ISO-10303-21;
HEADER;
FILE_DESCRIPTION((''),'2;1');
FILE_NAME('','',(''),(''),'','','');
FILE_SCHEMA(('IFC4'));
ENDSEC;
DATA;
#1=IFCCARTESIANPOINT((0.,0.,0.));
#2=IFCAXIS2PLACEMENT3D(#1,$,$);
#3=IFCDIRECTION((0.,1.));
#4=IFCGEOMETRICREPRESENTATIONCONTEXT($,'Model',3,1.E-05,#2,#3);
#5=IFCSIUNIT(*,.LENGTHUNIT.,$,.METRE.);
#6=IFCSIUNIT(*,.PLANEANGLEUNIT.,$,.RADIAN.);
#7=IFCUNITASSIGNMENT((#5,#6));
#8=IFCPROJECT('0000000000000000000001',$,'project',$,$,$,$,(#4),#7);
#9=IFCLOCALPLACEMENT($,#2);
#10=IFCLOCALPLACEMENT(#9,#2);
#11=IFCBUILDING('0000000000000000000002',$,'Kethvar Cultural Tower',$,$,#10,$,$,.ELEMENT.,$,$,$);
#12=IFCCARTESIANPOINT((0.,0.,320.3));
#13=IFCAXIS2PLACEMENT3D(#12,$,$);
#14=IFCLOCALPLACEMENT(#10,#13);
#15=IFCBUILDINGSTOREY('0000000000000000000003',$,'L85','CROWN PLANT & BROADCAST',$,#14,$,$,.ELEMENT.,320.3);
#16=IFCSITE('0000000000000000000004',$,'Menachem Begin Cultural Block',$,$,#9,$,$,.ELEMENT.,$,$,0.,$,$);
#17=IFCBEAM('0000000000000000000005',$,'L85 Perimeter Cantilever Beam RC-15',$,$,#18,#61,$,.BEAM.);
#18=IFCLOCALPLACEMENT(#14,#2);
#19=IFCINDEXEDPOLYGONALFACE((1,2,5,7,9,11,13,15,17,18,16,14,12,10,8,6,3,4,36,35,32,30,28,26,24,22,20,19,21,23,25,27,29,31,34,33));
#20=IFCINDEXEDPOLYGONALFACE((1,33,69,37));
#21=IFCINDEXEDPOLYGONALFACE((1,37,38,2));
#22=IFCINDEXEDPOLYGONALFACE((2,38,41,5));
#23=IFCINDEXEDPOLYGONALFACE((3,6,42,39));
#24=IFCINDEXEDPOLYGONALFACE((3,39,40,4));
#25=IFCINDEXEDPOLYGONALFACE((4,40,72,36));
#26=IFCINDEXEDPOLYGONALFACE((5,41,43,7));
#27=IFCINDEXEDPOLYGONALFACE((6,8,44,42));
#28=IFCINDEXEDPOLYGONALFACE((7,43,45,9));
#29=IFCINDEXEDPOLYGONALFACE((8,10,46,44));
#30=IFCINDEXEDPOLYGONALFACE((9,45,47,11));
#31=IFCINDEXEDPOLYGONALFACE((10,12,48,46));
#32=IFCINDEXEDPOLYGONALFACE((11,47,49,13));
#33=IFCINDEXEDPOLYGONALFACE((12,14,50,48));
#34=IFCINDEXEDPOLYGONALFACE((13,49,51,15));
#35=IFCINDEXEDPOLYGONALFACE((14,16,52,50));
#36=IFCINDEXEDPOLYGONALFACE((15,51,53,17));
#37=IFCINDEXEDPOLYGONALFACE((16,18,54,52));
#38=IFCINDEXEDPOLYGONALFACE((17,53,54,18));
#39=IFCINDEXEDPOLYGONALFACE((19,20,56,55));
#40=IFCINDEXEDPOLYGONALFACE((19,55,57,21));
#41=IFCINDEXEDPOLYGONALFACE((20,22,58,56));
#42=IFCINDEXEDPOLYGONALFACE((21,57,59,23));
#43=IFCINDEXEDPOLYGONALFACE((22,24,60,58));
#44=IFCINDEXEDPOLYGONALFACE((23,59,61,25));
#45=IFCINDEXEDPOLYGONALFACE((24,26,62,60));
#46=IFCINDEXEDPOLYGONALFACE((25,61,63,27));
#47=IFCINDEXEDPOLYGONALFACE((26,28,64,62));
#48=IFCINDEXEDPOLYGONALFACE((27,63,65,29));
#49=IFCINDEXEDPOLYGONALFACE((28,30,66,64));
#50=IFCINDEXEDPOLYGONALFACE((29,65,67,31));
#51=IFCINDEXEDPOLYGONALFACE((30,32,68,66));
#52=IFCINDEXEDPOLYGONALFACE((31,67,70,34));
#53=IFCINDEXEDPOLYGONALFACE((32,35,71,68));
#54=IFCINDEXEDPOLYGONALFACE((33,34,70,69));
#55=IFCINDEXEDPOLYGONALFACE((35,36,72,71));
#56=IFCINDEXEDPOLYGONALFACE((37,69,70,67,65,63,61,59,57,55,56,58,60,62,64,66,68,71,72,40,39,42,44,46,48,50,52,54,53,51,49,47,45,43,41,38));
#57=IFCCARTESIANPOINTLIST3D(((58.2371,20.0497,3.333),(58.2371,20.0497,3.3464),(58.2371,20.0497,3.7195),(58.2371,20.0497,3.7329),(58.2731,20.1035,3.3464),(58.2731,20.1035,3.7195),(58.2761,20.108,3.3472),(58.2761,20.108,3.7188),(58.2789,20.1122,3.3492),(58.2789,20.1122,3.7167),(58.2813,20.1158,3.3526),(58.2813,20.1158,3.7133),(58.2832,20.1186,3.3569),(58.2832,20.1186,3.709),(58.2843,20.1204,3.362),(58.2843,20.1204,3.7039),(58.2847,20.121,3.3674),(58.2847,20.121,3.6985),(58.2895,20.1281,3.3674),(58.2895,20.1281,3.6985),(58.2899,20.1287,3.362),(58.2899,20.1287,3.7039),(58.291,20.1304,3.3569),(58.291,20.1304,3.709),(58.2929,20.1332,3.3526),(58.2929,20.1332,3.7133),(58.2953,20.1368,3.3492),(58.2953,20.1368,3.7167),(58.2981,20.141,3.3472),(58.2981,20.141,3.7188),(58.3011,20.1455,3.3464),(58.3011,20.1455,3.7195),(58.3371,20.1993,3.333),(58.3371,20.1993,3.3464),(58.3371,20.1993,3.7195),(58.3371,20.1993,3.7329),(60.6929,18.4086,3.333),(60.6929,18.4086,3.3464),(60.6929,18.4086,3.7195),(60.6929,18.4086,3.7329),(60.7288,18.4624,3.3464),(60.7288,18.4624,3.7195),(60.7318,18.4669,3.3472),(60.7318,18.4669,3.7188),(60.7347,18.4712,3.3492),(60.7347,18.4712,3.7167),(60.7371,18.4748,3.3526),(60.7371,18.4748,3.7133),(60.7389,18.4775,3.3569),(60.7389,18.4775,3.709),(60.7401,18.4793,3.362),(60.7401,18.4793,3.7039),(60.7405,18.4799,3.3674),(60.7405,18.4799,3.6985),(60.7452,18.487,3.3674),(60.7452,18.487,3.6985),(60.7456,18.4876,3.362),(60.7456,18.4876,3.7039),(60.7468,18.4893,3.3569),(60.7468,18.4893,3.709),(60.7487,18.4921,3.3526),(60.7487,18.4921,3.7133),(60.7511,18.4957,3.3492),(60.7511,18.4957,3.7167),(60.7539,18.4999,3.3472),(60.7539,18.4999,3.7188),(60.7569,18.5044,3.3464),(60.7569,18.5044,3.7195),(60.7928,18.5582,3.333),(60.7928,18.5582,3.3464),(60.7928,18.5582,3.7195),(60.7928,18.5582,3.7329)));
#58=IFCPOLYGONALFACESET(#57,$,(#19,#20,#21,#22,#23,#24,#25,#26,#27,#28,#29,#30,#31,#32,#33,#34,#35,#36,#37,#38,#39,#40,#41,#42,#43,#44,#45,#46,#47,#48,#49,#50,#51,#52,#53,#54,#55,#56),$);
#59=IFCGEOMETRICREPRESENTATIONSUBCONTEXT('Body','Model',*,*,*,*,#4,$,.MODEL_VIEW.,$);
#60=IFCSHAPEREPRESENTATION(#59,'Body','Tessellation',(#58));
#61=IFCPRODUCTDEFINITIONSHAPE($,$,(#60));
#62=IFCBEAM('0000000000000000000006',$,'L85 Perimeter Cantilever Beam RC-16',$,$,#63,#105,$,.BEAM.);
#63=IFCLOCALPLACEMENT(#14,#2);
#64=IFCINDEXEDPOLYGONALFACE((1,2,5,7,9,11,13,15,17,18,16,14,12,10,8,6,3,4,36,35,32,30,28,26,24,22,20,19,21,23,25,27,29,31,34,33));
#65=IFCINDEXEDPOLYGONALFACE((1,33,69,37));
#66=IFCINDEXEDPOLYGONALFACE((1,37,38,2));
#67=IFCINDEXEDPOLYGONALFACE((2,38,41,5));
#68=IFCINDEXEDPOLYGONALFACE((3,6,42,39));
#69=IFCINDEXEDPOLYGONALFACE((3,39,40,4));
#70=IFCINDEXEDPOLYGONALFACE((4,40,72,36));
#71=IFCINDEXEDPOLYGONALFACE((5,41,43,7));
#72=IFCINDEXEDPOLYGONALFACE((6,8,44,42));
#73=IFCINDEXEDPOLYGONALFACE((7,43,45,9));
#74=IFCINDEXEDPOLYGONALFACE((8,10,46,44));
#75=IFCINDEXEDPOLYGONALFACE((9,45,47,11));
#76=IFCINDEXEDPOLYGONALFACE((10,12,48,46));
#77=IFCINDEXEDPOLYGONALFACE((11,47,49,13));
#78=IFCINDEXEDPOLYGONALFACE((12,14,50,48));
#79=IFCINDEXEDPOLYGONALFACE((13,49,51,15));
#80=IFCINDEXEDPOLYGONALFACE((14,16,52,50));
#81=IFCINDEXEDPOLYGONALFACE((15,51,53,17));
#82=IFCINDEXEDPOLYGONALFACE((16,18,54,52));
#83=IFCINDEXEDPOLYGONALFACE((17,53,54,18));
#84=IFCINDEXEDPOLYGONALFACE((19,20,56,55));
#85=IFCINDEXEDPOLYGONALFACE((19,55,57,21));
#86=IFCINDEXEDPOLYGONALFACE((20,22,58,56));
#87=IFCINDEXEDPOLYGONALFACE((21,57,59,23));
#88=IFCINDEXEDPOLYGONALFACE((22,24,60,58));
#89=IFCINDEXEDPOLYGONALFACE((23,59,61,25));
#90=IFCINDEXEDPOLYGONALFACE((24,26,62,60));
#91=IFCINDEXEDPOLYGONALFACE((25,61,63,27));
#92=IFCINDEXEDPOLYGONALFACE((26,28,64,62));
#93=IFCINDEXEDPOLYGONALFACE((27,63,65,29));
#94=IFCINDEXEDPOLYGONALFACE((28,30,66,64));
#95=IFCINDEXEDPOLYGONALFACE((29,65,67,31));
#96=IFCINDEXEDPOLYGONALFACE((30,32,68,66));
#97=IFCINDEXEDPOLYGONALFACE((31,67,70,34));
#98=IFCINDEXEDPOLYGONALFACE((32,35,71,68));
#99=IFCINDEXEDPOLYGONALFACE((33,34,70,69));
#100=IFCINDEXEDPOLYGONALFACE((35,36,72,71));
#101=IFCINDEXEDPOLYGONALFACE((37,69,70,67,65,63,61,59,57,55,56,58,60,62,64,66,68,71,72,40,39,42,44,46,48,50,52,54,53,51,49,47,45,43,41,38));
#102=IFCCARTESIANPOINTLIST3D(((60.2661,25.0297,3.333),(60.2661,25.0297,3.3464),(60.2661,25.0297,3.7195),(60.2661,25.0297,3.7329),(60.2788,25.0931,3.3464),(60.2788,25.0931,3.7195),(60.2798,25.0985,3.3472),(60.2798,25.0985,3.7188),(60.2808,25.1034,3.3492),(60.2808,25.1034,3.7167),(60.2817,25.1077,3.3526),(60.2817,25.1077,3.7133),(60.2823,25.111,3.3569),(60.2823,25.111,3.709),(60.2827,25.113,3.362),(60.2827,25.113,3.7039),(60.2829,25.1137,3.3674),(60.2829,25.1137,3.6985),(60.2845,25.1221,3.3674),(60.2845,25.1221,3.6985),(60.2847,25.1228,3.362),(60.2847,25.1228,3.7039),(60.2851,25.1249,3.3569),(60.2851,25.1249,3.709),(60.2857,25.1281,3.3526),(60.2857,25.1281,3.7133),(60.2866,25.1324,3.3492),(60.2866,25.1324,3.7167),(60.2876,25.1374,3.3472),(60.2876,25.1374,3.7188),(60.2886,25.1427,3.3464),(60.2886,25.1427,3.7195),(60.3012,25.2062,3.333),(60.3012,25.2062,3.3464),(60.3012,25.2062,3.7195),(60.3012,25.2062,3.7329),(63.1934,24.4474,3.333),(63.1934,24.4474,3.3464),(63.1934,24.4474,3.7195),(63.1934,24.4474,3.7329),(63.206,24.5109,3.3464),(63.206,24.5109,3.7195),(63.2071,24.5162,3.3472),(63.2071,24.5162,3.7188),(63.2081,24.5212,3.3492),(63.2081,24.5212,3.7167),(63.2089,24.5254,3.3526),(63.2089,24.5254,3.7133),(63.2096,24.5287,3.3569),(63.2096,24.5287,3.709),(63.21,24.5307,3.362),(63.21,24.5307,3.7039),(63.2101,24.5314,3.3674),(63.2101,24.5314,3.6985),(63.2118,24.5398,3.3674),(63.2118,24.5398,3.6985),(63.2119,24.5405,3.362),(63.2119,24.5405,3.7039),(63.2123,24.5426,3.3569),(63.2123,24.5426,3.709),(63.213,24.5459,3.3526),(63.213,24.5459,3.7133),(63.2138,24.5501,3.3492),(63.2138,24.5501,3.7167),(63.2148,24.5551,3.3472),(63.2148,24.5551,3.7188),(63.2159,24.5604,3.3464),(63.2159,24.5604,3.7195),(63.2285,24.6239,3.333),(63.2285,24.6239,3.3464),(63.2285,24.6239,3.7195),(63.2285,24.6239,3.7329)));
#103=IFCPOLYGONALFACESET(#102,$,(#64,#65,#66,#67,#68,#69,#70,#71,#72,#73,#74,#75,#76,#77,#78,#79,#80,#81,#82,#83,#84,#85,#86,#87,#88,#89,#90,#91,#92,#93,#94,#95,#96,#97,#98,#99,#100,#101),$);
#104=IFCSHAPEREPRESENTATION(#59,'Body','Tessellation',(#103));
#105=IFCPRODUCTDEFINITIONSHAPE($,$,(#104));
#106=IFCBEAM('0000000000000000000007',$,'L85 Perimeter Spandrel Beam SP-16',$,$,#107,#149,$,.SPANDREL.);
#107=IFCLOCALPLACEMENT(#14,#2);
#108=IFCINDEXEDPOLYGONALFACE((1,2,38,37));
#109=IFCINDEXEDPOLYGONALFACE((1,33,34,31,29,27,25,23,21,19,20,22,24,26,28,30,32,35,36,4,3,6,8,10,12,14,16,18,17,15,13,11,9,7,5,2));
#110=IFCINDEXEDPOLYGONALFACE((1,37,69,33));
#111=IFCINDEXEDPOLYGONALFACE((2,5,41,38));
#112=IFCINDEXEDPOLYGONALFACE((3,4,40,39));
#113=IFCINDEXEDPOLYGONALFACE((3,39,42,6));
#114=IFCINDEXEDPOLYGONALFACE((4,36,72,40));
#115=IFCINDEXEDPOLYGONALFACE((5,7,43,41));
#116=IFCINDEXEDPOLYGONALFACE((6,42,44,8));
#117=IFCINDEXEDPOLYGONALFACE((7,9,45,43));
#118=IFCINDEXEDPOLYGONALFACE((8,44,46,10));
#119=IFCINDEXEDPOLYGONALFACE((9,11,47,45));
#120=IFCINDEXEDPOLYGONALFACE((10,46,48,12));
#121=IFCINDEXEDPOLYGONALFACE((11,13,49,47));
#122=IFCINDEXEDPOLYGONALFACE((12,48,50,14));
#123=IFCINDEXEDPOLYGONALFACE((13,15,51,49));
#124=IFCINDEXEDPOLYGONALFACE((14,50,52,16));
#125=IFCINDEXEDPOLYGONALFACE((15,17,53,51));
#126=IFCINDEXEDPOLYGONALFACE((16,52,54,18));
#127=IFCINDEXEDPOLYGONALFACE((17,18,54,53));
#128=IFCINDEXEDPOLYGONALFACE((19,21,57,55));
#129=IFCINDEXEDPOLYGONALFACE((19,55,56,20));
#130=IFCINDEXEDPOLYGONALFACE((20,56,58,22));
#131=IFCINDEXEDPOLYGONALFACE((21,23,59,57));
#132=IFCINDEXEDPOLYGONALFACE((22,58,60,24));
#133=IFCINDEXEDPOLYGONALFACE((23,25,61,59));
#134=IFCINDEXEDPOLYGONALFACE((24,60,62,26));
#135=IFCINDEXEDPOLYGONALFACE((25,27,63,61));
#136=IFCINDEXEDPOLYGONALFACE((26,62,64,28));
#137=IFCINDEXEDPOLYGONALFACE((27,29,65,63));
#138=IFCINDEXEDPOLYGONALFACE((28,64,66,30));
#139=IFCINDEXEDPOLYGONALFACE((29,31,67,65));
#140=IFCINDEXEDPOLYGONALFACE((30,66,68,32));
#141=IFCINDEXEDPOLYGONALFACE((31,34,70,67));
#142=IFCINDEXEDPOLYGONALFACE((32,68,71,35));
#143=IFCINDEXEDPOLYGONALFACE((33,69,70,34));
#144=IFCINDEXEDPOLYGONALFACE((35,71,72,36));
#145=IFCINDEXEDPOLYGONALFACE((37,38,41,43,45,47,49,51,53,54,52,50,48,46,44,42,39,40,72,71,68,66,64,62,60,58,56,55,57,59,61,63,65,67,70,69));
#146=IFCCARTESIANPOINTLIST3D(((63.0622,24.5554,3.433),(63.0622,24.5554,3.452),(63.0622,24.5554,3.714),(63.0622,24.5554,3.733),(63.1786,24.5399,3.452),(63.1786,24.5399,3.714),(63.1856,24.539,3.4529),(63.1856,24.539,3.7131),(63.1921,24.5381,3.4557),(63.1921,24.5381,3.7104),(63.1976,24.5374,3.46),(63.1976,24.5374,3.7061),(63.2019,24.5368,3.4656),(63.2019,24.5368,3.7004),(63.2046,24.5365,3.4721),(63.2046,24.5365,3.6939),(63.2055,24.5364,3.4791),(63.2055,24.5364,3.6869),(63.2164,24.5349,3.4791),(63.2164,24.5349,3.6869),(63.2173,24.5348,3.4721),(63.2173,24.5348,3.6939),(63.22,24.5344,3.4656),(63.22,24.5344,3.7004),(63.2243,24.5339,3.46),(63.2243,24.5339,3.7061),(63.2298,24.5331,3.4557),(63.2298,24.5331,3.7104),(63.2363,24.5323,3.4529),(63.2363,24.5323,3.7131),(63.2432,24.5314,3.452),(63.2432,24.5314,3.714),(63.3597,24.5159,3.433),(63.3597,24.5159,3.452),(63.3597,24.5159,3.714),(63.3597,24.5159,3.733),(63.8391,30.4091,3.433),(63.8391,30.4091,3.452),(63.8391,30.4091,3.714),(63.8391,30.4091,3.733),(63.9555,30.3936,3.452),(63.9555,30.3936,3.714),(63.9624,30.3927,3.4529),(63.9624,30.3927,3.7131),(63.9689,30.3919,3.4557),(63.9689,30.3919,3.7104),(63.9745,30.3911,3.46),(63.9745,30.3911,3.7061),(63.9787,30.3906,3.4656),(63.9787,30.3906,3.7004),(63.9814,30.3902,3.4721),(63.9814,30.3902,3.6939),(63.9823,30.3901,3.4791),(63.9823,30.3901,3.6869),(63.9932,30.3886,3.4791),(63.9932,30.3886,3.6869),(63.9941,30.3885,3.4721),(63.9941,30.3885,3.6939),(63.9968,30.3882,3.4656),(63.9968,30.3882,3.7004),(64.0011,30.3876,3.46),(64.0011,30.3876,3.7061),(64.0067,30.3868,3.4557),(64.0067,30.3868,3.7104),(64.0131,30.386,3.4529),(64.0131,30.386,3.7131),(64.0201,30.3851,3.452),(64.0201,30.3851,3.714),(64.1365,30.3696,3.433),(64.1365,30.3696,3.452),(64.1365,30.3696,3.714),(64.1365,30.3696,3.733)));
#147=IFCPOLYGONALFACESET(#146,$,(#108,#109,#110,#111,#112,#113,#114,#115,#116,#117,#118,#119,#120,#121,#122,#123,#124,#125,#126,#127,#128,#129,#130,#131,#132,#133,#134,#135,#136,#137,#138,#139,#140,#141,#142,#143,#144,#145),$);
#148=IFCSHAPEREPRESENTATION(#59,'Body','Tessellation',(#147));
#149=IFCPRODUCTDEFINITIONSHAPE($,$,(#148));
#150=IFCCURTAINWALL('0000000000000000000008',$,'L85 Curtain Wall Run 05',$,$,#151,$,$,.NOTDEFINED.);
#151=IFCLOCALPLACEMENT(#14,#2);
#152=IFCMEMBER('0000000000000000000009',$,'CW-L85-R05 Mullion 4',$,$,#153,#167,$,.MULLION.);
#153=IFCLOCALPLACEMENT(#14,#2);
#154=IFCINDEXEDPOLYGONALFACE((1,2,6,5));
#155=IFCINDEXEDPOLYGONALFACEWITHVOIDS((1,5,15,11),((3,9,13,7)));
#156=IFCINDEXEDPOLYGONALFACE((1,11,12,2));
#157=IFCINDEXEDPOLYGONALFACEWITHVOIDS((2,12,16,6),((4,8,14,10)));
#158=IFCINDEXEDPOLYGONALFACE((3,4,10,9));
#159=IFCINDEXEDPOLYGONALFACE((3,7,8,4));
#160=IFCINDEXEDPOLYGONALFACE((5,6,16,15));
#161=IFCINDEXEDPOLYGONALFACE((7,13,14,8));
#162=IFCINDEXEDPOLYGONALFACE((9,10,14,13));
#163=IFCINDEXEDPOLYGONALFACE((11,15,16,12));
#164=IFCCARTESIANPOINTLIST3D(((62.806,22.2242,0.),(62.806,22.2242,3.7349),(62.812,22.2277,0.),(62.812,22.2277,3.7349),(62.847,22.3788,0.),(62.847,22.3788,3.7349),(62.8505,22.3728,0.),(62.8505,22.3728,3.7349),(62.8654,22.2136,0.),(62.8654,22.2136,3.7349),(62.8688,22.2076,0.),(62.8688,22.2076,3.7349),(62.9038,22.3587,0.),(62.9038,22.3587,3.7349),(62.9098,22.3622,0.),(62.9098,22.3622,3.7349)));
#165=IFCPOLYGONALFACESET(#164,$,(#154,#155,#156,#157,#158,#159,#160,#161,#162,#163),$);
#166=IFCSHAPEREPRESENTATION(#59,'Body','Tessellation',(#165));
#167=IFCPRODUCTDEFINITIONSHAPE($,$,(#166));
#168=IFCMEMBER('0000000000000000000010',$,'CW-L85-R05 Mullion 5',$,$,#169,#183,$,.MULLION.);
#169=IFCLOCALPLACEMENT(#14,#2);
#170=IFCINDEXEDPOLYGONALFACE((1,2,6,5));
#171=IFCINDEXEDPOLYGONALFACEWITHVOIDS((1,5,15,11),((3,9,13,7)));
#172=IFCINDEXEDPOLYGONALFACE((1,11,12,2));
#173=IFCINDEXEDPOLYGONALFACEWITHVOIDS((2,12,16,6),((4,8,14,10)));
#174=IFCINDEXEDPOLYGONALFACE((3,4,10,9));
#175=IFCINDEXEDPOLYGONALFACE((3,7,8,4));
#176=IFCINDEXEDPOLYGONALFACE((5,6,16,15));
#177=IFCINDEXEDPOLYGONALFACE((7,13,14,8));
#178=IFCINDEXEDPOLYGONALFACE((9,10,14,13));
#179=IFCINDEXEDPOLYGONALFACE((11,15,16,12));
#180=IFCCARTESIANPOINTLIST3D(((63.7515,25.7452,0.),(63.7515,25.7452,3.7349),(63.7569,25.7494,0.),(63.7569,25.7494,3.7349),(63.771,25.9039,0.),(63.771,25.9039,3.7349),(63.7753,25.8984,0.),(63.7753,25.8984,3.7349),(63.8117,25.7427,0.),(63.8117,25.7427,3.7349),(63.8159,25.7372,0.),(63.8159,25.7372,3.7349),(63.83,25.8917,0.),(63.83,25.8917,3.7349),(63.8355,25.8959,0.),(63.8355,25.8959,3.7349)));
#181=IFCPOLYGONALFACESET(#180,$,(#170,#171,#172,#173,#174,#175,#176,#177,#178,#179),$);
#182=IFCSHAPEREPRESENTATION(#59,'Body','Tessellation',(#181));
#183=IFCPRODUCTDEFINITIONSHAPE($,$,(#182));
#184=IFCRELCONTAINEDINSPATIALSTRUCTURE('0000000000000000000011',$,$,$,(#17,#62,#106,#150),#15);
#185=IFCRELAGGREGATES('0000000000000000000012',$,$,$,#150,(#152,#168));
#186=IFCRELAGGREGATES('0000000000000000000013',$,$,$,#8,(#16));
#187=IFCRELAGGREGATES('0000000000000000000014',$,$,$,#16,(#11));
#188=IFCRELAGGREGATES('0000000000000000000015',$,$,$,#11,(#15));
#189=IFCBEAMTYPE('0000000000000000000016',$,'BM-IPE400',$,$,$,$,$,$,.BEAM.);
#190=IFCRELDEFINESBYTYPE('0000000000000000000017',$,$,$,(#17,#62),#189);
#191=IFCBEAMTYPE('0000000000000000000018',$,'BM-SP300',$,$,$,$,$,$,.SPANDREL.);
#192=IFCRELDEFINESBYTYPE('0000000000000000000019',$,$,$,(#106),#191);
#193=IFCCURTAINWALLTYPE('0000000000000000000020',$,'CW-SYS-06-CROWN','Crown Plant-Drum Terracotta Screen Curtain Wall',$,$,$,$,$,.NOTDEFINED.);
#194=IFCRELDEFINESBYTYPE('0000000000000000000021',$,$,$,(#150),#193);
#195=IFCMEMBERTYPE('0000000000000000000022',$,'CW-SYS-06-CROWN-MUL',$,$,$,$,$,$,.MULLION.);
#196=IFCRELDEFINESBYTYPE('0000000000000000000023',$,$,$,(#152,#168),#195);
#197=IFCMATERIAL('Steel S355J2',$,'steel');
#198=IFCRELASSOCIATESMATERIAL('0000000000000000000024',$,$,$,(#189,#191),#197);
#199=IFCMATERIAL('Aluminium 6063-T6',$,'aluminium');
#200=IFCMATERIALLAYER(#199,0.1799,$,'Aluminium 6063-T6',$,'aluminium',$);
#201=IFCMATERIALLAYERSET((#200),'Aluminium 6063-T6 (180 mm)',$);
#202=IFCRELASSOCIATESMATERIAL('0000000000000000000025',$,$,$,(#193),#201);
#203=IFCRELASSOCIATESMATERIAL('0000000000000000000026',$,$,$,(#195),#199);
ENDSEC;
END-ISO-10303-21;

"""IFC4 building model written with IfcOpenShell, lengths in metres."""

from ifc_helpers import new_model, si_unit, direction, frame, origin, origin_2d, place, context, subcontext, project, spatial, hollow_rectangle, i_section, extrude, source, transform, mapped, material, layer, layer_set, material_profile, profile_set, type_object, element, aggregate, save


model = new_model("IFC4")

# Units and contexts
model_context = context("Model", 3, precision=1e-05, world=origin(), true_north=direction((0.0, 1.0)))
body_context = subcontext(model_context, "Body", "Model", "MODEL_VIEW")
ifc_project = project(units=[si_unit("LENGTHUNIT", "METRE"), si_unit("PLANEANGLEUNIT", "RADIAN")], contexts=[model_context])

# Site, building, storey
site_placement = place(None, origin())
site = spatial("IfcSite", under=ifc_project, at=site_placement, Name="Menachem Begin Cultural Block", CompositionType="ELEMENT", RefElevation=0.0)
building_placement = place(site_placement, origin())
building = spatial("IfcBuilding", under=site, at=building_placement, Name="Kethvar Cultural Tower", CompositionType="ELEMENT")
storey_placement = place(building_placement, frame((0.0, 0.0, 320.3)))
storey = spatial("IfcBuildingStorey", under=building, at=storey_placement, Name="L85", Description="CROWN PLANT & BROADCAST", CompositionType="ELEMENT", Elevation=320.3)

# Shared definitions
ifc_material_1 = material(Name="Steel S355J2", Category="steel")

# Beams
ifc_material_profile_1 = material_profile(ifc_material_1, i_section(OverallWidth=0.1799, OverallDepth=0.3999, WebThickness=0.0085, FlangeThickness=0.0134, FilletRadius=0.021, at=origin_2d()), Name="Steel S355J2 — IPE400")
ifc_profile_set_1 = profile_set([ifc_material_profile_1], Name="Steel S355J2 — IPE400")
beam_type_1 = type_object("IfcBeamType", Name="BM-IPE400", PredefinedType="BEAM", material=ifc_profile_set_1)
shared_shape_1 = source(origin(), body_context, "Body", "SweptSolid", [
    extrude(i_section(OverallWidth=0.1799, OverallDepth=0.3999, WebThickness=0.0085, FlangeThickness=0.0134, FilletRadius=0.021, at=origin_2d()), origin(), (0.0, 0.0, 1.0), 2.9536),
])
beam_1_placement = place(storey_placement, frame((58.2871, 20.1245, 3.533), z_axis=(0.831439, -0.555615, 0.0), x_axis=(0.555615, 0.831439, 0.0)))
element("IfcBeam", 1, at=beam_1_placement, inside=storey, type_object=beam_type_1, Name="L85 Perimeter Cantilever Beam RC-15", PredefinedType="BEAM", context=body_context, shape_type="MappedRepresentation", body=[
    mapped(shared_shape_1, transform((0.0, 0.0, 0.0), scale=1.0)),
])
shared_shape_2 = source(origin(), body_context, "Body", "SweptSolid", [
    extrude(i_section(OverallWidth=0.1799, OverallDepth=0.3999, WebThickness=0.0085, FlangeThickness=0.0134, FilletRadius=0.021, at=origin_2d()), origin(), (0.0, 0.0, 1.0), 2.9846),
])
beam_2_placement = place(storey_placement, frame((60.2837, 25.1179, 3.533), z_axis=(0.980785, -0.195094, 0.0), x_axis=(0.195094, 0.980785, 0.0)))
element("IfcBeam", 2, at=beam_2_placement, inside=storey, type_object=beam_type_1, Name="L85 Perimeter Cantilever Beam RC-16", PredefinedType="BEAM", context=body_context, shape_type="MappedRepresentation", body=[
    mapped(shared_shape_2, transform((0.0, 0.0, 0.0), scale=1.0)),
])
ifc_material_profile_2 = material_profile(ifc_material_1, i_section(OverallWidth=0.3, OverallDepth=0.3, WebThickness=0.011, FlangeThickness=0.019, FilletRadius=0.0271, at=origin_2d()), Name="Steel S355J2 — HEB300")
ifc_profile_set_2 = profile_set([ifc_material_profile_2], Name="Steel S355J2 — HEB300")
beam_type_2 = type_object("IfcBeamType", Name="BM-SP300", PredefinedType="SPANDREL", material=ifc_profile_set_2)
shared_shape_3 = source(origin(), body_context, "Body", "SweptSolid", [
    extrude(i_section(OverallWidth=0.3, OverallDepth=0.3, WebThickness=0.011, FlangeThickness=0.019, FilletRadius=0.0271, at=origin_2d()), origin(), (0.0, 0.0, 1.0), 5.905),
])
beam_3_placement = place(storey_placement, frame((63.2109, 24.5356, 3.583), z_axis=(0.131557, 0.991309, 0.0), x_axis=(-0.991309, 0.131557, 0.0)))
element("IfcBeam", 3, at=beam_3_placement, inside=storey, type_object=beam_type_2, Name="L85 Perimeter Spandrel Beam SP-16", PredefinedType="SPANDREL", context=body_context, shape_type="MappedRepresentation", body=[
    mapped(shared_shape_3, transform((0.0, 0.0, 0.0), scale=1.0)),
])

# Curtain wall, members
ifc_material_2 = material(Name="Aluminium 6063-T6", Category="aluminium")
ifc_layer_1 = layer(ifc_material_2, 0.1799, Name="Aluminium 6063-T6", Category="aluminium")
ifc_layer_set_1 = layer_set([ifc_layer_1], Name="Aluminium 6063-T6 (180 mm)")
curtain_wall_type = type_object("IfcCurtainWallType", Name="CW-SYS-06-CROWN", Description="Crown Plant-Drum Terracotta Screen Curtain Wall", PredefinedType="NOTDEFINED", material=ifc_layer_set_1)
curtain_wall_placement = place(storey_placement, origin())
curtain_wall = element("IfcCurtainWall", 4, at=curtain_wall_placement, inside=storey, type_object=curtain_wall_type, Name="L85 Curtain Wall Run 05", PredefinedType="NOTDEFINED")
ifc_material_profile_3 = material_profile(ifc_material_2, hollow_rectangle(XDim=0.0649, YDim=0.1599, WallThickness=0.0049, at=origin_2d()), Name="Aluminium 6063-T6 — RHS160x65x5")
ifc_profile_set_3 = profile_set([ifc_material_profile_3], Name="Aluminium 6063-T6 — RHS160x65x5")
member_type_1 = type_object("IfcMemberType", Name="CW-SYS-06-CROWN-MUL", PredefinedType="MULLION", material=ifc_profile_set_3)
shared_shape_4 = source(origin(), body_context, "Body", "SweptSolid", [
    extrude(hollow_rectangle(XDim=0.0649, YDim=0.1599, WallThickness=0.0049, at=origin_2d()), origin(), (0.0, 0.0, 1.0), 3.7349),
])
member_1_placement = place(storey_placement, frame((62.8579, 22.2932, 0.0), z_axis=(0.0, 0.0, 1.0), x_axis=(-0.966654, 0.256087, 0.0)))
member_1 = element("IfcMember", 5, at=member_1_placement, type_object=member_type_1, Name="CW-L85-R05 Mullion 4", PredefinedType="MULLION", context=body_context, shape_type="MappedRepresentation", body=[
    mapped(shared_shape_4, transform((0.0, 0.0, 0.0), scale=1.0)),
])
member_2_placement = place(storey_placement, frame((63.7935, 25.8206, 0.0), z_axis=(0.0, 0.0, 1.0), x_axis=(-0.992495, 0.122285, 0.0)))
member_2 = element("IfcMember", 6, at=member_2_placement, type_object=member_type_1, Name="CW-L85-R05 Mullion 5", PredefinedType="MULLION", context=body_context, shape_type="MappedRepresentation", body=[
    mapped(shared_shape_4, transform((0.0, 0.0, 0.0), scale=1.0)),
])
aggregate(curtain_wall, [member_1, member_2])

save(model, "model.ifc")
